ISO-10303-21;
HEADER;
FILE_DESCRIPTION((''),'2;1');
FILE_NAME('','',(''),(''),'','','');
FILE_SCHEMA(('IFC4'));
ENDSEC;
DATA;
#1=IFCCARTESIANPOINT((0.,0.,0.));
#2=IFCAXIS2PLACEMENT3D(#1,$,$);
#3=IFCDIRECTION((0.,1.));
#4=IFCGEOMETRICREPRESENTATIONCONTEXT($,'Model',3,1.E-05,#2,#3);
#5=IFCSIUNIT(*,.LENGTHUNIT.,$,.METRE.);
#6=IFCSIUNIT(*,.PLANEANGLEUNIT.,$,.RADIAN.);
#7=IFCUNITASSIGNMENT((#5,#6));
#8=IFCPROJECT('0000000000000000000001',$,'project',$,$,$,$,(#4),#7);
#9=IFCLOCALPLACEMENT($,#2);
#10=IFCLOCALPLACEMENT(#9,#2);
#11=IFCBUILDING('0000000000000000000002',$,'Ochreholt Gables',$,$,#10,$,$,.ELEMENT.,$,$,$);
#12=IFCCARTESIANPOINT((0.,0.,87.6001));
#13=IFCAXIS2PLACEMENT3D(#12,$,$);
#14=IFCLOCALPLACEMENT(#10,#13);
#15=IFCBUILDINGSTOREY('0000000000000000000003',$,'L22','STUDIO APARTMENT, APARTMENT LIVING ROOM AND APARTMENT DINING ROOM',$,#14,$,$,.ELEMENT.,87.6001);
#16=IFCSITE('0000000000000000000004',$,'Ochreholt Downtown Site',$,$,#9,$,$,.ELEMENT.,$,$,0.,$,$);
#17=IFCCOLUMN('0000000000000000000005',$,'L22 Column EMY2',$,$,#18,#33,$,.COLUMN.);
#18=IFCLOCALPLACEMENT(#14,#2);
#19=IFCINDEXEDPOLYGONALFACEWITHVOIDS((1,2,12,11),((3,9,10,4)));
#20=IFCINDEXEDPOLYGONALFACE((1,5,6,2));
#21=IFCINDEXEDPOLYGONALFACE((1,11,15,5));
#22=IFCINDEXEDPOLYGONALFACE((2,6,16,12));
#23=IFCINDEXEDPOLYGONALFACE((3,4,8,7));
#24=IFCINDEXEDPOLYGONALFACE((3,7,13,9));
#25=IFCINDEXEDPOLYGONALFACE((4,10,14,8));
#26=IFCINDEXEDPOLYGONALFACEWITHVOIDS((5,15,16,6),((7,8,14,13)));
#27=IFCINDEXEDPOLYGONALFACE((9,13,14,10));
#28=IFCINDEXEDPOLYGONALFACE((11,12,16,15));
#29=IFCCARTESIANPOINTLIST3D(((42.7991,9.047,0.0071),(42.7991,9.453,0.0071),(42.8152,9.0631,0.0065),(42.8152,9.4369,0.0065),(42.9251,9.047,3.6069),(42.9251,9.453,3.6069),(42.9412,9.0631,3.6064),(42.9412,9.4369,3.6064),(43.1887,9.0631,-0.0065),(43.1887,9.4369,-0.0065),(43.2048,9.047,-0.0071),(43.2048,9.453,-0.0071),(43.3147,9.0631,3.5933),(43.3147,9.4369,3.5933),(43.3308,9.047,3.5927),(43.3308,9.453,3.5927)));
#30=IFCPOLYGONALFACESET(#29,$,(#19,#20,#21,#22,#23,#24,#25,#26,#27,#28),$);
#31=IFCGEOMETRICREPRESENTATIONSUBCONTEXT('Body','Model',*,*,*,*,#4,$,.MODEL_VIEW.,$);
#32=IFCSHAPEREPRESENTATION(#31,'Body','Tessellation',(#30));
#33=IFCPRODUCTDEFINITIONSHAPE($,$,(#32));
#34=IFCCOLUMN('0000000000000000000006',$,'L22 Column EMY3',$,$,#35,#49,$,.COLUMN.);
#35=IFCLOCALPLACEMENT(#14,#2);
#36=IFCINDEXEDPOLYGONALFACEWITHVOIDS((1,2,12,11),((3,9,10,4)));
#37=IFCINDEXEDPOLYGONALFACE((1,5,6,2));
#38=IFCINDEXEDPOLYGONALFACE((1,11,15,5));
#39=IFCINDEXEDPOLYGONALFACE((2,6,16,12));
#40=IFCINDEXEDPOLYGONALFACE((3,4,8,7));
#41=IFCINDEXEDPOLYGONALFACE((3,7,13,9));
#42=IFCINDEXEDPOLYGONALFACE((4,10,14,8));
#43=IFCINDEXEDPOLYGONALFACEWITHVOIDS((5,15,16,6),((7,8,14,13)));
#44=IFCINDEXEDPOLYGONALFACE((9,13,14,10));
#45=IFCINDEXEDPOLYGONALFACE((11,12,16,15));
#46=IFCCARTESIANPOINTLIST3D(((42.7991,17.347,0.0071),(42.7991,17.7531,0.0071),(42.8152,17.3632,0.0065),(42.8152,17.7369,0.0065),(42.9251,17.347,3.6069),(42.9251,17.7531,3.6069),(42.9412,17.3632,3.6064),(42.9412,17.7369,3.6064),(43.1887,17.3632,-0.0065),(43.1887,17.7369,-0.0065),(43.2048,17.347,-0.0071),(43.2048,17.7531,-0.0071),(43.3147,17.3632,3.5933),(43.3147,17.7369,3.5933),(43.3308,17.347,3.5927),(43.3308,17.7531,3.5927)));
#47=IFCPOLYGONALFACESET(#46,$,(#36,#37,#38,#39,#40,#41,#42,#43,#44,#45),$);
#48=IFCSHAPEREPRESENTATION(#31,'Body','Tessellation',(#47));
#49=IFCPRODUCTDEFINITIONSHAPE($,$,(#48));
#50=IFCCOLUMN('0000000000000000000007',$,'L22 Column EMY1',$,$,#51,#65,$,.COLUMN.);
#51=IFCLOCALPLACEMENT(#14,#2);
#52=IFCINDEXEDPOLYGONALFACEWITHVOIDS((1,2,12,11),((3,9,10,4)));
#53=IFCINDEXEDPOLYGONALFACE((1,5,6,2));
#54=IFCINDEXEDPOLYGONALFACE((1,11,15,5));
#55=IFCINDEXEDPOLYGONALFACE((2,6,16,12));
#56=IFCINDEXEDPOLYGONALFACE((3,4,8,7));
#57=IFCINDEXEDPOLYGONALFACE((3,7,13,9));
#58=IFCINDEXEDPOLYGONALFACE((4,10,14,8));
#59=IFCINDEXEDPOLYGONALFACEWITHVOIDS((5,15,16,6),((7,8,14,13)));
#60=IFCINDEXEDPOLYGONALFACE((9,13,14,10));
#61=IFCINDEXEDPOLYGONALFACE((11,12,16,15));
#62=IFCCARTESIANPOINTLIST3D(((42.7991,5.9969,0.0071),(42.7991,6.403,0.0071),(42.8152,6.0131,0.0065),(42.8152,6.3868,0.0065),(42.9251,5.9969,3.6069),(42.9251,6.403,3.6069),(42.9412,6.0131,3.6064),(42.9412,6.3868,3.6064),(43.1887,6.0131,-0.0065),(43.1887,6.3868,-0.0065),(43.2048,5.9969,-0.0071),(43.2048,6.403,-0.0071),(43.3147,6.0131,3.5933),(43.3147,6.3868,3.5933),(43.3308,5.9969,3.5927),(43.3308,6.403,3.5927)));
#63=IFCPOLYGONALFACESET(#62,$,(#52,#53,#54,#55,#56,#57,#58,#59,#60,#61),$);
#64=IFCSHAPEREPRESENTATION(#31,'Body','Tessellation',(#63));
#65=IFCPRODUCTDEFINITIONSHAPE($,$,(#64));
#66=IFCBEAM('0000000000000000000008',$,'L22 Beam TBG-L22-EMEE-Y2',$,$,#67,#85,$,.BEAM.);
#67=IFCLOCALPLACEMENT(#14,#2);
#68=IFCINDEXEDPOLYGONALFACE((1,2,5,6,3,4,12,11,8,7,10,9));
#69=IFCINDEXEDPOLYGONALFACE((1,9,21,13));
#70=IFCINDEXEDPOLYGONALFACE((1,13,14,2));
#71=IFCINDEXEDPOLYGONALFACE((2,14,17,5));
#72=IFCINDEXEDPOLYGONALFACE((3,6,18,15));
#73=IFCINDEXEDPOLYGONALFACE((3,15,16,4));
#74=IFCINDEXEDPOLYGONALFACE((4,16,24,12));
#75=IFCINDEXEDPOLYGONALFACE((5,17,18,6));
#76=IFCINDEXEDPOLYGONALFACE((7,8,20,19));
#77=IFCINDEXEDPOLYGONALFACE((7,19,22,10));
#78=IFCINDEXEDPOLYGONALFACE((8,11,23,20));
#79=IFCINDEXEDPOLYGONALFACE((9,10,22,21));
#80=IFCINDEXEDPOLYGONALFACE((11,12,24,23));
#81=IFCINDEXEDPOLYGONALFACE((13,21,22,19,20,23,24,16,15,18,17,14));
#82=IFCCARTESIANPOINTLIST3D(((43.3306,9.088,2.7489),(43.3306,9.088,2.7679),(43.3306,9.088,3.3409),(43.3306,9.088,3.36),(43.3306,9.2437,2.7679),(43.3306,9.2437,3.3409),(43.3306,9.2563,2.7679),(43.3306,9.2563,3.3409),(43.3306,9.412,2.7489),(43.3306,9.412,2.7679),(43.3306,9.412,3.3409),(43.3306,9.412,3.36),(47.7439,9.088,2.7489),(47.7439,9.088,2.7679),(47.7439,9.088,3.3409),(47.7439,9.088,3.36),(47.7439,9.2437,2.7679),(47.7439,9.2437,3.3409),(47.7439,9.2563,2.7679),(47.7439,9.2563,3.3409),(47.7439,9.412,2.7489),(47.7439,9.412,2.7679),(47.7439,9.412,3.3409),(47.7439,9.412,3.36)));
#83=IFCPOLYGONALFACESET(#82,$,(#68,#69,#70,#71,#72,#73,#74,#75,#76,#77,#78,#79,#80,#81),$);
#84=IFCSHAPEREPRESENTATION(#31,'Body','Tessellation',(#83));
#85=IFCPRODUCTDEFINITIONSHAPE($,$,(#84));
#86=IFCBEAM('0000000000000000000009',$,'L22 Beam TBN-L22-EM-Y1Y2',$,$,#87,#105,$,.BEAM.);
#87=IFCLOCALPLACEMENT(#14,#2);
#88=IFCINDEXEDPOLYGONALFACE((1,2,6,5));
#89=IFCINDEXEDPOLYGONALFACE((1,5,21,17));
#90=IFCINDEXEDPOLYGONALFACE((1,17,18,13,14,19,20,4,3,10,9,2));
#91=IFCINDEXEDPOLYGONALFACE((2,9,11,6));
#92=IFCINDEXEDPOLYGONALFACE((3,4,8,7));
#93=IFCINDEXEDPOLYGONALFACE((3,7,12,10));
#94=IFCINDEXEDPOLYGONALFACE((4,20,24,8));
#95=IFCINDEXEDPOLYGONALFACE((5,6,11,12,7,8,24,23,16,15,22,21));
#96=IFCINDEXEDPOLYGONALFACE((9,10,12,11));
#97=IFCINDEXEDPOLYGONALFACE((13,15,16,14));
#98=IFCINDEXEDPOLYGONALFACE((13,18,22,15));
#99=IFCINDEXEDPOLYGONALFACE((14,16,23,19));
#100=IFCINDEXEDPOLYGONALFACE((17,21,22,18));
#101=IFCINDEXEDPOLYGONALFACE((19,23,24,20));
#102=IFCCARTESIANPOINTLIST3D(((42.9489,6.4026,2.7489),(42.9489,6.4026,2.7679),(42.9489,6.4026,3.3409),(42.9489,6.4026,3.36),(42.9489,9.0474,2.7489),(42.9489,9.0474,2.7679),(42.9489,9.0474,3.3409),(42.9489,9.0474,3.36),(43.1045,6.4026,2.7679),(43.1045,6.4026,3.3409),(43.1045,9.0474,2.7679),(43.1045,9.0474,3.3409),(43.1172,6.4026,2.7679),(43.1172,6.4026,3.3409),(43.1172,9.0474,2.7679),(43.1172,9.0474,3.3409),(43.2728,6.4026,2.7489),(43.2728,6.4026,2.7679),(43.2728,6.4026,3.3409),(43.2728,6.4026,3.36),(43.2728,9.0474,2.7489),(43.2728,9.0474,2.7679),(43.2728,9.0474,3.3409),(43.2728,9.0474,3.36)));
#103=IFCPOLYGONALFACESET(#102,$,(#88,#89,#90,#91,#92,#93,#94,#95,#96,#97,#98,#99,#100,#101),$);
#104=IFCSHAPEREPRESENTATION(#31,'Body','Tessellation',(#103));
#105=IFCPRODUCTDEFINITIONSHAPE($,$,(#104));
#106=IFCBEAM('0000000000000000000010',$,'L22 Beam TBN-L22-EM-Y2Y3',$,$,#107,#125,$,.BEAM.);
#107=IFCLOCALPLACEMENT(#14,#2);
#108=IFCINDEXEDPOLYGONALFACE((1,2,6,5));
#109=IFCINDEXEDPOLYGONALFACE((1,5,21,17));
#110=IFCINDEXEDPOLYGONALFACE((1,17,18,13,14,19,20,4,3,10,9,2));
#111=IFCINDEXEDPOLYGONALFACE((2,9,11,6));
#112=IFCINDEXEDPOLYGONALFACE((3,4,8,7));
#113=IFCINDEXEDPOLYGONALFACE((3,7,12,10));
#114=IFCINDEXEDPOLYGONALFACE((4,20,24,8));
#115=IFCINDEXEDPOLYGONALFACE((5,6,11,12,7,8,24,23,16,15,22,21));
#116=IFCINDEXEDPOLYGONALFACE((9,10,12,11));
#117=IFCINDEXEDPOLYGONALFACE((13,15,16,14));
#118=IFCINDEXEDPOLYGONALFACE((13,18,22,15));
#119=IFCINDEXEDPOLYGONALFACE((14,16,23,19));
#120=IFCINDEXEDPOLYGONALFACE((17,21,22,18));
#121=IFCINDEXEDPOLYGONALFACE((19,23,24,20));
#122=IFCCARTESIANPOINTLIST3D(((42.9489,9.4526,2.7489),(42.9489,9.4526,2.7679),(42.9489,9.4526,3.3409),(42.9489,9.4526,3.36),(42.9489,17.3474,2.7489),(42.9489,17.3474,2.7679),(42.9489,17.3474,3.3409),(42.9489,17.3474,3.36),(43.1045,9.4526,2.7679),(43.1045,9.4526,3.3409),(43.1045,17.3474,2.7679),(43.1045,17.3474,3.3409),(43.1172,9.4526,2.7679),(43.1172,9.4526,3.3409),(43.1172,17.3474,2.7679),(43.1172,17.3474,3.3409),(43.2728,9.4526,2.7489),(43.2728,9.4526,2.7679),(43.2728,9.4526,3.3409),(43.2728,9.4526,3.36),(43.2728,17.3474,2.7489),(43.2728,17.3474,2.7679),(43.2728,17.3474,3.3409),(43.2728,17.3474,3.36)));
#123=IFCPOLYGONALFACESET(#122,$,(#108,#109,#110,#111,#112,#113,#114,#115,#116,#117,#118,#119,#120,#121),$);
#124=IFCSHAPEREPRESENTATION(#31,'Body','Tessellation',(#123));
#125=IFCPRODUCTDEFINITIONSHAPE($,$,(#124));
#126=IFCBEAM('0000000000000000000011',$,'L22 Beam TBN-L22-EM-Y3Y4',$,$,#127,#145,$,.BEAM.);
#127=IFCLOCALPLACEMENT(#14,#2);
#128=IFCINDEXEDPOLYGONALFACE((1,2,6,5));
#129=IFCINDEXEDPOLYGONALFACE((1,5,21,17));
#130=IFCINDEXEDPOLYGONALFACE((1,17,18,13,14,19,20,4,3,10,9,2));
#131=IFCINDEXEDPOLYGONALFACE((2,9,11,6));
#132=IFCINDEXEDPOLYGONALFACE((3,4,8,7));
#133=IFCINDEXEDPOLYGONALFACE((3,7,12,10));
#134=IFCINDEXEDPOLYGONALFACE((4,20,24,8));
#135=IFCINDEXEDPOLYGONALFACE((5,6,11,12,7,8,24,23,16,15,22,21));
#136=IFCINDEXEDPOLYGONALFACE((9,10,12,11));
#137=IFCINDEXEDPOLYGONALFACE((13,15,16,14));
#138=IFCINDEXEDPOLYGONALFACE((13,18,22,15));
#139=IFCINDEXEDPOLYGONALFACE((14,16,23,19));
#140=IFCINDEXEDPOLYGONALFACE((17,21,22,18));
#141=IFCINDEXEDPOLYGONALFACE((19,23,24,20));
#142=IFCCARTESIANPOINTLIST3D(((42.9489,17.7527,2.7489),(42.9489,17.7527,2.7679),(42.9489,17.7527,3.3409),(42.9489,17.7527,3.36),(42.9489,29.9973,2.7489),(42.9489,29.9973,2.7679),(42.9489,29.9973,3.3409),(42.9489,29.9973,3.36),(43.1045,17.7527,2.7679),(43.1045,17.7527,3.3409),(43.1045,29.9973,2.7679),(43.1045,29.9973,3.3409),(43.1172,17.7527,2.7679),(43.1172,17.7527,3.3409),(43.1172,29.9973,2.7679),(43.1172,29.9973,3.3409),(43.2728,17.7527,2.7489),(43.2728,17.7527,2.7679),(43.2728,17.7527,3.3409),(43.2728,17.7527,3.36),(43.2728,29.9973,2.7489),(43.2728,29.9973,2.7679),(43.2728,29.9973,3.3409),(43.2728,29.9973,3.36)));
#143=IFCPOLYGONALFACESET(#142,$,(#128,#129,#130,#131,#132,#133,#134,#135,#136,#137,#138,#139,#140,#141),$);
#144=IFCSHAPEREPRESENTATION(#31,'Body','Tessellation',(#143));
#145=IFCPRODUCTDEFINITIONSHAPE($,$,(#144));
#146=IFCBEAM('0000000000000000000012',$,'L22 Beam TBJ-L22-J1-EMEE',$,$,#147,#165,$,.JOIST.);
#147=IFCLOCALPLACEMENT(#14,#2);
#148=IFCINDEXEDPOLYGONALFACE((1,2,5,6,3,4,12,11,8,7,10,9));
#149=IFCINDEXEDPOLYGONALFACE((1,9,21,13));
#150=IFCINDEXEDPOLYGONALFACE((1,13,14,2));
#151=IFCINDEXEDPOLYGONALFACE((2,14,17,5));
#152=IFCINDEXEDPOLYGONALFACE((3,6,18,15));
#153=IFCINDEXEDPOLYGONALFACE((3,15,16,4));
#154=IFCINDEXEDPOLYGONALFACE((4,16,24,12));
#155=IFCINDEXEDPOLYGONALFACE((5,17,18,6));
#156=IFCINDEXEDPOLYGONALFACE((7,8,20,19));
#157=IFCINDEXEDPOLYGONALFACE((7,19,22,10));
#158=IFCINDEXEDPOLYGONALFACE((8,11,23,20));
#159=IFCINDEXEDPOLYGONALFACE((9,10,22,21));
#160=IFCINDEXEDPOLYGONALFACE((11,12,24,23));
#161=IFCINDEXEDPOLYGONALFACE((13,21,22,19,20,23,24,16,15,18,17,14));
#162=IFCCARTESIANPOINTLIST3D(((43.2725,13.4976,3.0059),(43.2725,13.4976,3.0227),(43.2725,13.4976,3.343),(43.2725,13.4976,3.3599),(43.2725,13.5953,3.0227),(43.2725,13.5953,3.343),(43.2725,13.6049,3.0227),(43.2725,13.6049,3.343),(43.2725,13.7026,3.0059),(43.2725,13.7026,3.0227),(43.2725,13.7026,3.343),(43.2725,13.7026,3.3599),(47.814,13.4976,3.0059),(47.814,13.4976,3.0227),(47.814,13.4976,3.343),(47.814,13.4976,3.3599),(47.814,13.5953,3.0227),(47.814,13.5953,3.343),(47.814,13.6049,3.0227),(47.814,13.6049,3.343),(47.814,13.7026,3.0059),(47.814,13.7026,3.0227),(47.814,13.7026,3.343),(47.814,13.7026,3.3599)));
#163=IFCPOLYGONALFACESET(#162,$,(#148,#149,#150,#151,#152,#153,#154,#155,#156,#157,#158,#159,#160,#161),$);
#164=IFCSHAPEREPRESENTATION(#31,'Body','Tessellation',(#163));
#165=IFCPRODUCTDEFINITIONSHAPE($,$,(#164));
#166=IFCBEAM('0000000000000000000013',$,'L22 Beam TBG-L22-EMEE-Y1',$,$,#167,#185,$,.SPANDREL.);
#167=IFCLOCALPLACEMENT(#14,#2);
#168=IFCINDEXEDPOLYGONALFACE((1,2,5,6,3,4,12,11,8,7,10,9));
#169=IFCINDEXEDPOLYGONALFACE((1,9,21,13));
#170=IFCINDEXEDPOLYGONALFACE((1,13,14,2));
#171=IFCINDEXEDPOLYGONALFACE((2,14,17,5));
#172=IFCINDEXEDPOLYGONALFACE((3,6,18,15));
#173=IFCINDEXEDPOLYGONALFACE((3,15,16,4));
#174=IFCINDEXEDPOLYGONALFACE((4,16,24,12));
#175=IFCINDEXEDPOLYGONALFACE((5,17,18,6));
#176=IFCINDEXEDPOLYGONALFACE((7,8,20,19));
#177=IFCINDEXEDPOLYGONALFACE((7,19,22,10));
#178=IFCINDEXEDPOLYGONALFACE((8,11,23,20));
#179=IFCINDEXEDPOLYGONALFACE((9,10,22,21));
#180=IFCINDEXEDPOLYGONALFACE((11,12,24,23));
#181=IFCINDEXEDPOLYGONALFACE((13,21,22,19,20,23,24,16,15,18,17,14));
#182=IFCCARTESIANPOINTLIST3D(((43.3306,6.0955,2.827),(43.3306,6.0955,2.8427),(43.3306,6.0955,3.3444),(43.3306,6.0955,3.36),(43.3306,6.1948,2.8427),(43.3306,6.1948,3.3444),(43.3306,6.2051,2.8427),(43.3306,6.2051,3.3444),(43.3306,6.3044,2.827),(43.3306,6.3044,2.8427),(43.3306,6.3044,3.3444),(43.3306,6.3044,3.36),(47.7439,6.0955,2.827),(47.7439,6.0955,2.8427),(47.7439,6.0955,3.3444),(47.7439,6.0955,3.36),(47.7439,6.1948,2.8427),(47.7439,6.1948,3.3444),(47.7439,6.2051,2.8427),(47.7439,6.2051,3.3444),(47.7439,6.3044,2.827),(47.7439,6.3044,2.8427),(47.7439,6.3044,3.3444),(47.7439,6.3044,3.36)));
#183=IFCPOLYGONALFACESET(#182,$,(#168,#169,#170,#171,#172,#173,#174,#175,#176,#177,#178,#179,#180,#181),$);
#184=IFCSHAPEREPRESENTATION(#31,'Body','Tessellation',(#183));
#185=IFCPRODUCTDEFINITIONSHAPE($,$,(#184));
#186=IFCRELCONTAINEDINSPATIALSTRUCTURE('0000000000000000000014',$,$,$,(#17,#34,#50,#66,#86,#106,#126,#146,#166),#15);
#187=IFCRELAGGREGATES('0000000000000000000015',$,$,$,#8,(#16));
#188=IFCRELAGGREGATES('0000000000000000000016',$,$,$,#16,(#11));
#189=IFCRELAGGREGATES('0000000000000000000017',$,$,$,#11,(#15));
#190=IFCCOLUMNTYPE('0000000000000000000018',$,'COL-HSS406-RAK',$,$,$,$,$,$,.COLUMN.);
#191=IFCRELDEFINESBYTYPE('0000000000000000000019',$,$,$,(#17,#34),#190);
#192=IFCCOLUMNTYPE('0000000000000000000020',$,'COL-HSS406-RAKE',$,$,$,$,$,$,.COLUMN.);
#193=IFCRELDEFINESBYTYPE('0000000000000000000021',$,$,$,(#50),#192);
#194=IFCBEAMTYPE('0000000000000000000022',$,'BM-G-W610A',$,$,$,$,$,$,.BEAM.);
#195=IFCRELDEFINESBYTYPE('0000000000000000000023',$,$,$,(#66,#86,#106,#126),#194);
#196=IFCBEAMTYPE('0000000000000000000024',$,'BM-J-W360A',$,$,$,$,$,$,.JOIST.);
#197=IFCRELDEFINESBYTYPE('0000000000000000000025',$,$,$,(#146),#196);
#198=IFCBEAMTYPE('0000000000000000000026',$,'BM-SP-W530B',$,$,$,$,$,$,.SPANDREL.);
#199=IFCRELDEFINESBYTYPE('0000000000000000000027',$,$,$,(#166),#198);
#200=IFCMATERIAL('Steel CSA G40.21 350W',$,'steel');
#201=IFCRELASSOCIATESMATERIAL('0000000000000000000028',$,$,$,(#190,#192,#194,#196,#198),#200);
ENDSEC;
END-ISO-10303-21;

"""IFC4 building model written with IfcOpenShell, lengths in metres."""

from ifc_helpers import new_model, si_unit, direction, frame, origin, origin_2d, place, context, subcontext, project, spatial, hollow_rectangle, i_section, extrude, material, material_profile, profile_set, type_object, element, save


model = new_model("IFC4")

# Units and contexts
model_context = context("Model", 3, precision=1e-05, world=origin(), true_north=direction((0.0, 1.0)))
body_context = subcontext(model_context, "Body", "Model", "MODEL_VIEW")
ifc_project = project(units=[si_unit("LENGTHUNIT", "METRE"), si_unit("PLANEANGLEUNIT", "RADIAN")], contexts=[model_context])

# Site, building, storey
site_placement = place(None, origin())
site = spatial("IfcSite", under=ifc_project, at=site_placement, Name="Ochreholt Downtown Site", CompositionType="ELEMENT", RefElevation=0.0)
building_placement = place(site_placement, origin())
building = spatial("IfcBuilding", under=site, at=building_placement, Name="Ochreholt Gables", CompositionType="ELEMENT")
storey_placement = place(building_placement, frame((0.0, 0.0, 87.6001)))
storey = spatial("IfcBuildingStorey", under=building, at=storey_placement, Name="L22", Description="STUDIO APARTMENT, APARTMENT LIVING ROOM AND APARTMENT DINING ROOM", CompositionType="ELEMENT", Elevation=87.6001)

# Columns
ifc_material_1 = material(Name="Steel CSA G40.21 350W", Category="steel")
ifc_material_profile_1 = material_profile(ifc_material_1, hollow_rectangle(XDim=0.406, YDim=0.406, WallThickness=0.0161, at=origin_2d()), Name="HSS406X406X16")
ifc_profile_set_1 = profile_set([ifc_material_profile_1], Name="Steel CSA G40.21 350W")
column_type_1 = type_object("IfcColumnType", Name="COL-HSS406-RAK", PredefinedType="COLUMN", material=ifc_profile_set_1)
for number, where, z_axis, x_axis, name in (
    (1, (43.002, 9.25, 0.0), (0.034974, 0.0, 0.999388), (0.0, 1.0, 0.0), "L22 Column EMY2"),
    (2, (43.002, 17.55, 0.0), (0.034974, 0.0, 0.999388), (0.0, 1.0, 0.0), "L22 Column EMY3"),
):
    element("IfcColumn", number, at=place(storey_placement, frame(where, z_axis=z_axis, x_axis=x_axis)), inside=storey, type_object=column_type_1, Name=name, PredefinedType="COLUMN", context=body_context, shape_type="SweptSolid", body=[
        extrude(hollow_rectangle(XDim=0.406, YDim=0.406, WallThickness=0.0161, at=origin_2d()), origin(), (0.0, 0.0, 1.0), 3.6021),
    ])
ifc_material_profile_2 = material_profile(ifc_material_1, hollow_rectangle(XDim=0.406, YDim=0.406, WallThickness=0.0161, at=origin_2d()), Name="HSS406X406X16")
ifc_profile_set_2 = profile_set([ifc_material_profile_2], Name="Steel CSA G40.21 350W")
column_type_2 = type_object("IfcColumnType", Name="COL-HSS406-RAKE", PredefinedType="COLUMN", material=ifc_profile_set_2)
column_placement = place(storey_placement, frame((43.002, 6.2, 0.0), z_axis=(0.034974, 0.0, 0.999388), x_axis=(0.0, 1.0, 0.0)))
element("IfcColumn", 3, at=column_placement, inside=storey, type_object=column_type_2, Name="L22 Column EMY1", PredefinedType="COLUMN", context=body_context, shape_type="SweptSolid", body=[
    extrude(hollow_rectangle(XDim=0.406, YDim=0.406, WallThickness=0.0161, at=origin_2d()), origin(), (0.0, 0.0, 1.0), 3.6021),
])

# Beams
ifc_material_profile_3 = material_profile(ifc_material_1, i_section(OverallWidth=0.324, OverallDepth=0.6111, WebThickness=0.0127, FlangeThickness=0.019, at=origin_2d()), Name="W610X155")
ifc_profile_set_3 = profile_set([ifc_material_profile_3], Name="Steel CSA G40.21 350W")
beam_type_1 = type_object("IfcBeamType", Name="BM-G-W610A", PredefinedType="BEAM", material=ifc_profile_set_3)
beam_1_placement = place(storey_placement, frame((43.3306, 9.25, 3.0544), z_axis=(1.0, 0.0, 0.0), x_axis=(0.0, 1.0, 0.0)))
element("IfcBeam", 4, at=beam_1_placement, inside=storey, type_object=beam_type_1, Name="L22 Beam TBG-L22-EMEE-Y2", PredefinedType="BEAM", context=body_context, shape_type="SweptSolid", body=[
    extrude(i_section(OverallWidth=0.324, OverallDepth=0.6111, WebThickness=0.0127, FlangeThickness=0.019, at=origin_2d()), origin(), (0.0, 0.0, 1.0), 4.4133),
])
beam_2_placement = place(storey_placement, frame((43.1108, 6.4026, 3.0544), z_axis=(0.0, 1.0, 0.0), x_axis=(-1.0, 0.0, 0.0)))
element("IfcBeam", 5, at=beam_2_placement, inside=storey, type_object=beam_type_1, Name="L22 Beam TBN-L22-EM-Y1Y2", PredefinedType="BEAM", context=body_context, shape_type="SweptSolid", body=[
    extrude(i_section(OverallWidth=0.324, OverallDepth=0.6111, WebThickness=0.0127, FlangeThickness=0.019, at=origin_2d()), origin(), (0.0, 0.0, 1.0), 2.6448),
])
beam_3_placement = place(storey_placement, frame((43.1108, 9.4526, 3.0544), z_axis=(0.0, 1.0, 0.0), x_axis=(-1.0, 0.0, 0.0)))
element("IfcBeam", 6, at=beam_3_placement, inside=storey, type_object=beam_type_1, Name="L22 Beam TBN-L22-EM-Y2Y3", PredefinedType="BEAM", context=body_context, shape_type="SweptSolid", body=[
    extrude(i_section(OverallWidth=0.324, OverallDepth=0.6111, WebThickness=0.0127, FlangeThickness=0.019, at=origin_2d()), origin(), (0.0, 0.0, 1.0), 7.8948),
])
beam_4_placement = place(storey_placement, frame((43.1108, 17.7527, 3.0544), z_axis=(0.0, 1.0, 0.0), x_axis=(-1.0, 0.0, 0.0)))
element("IfcBeam", 7, at=beam_4_placement, inside=storey, type_object=beam_type_1, Name="L22 Beam TBN-L22-EM-Y3Y4", PredefinedType="BEAM", context=body_context, shape_type="SweptSolid", body=[
    extrude(i_section(OverallWidth=0.324, OverallDepth=0.6111, WebThickness=0.0127, FlangeThickness=0.019, at=origin_2d()), origin(), (0.0, 0.0, 1.0), 12.2446),
])
ifc_material_profile_4 = material_profile(ifc_material_1, i_section(OverallWidth=0.2051, OverallDepth=0.354, WebThickness=0.0095, FlangeThickness=0.0168, at=origin_2d()), Name="W360X79")
ifc_profile_set_4 = profile_set([ifc_material_profile_4], Name="Steel CSA G40.21 350W")
beam_type_2 = type_object("IfcBeamType", Name="BM-J-W360A", PredefinedType="JOIST", material=ifc_profile_set_4)
beam_5_placement = place(storey_placement, frame((43.2725, 13.6001, 3.1829), z_axis=(1.0, 0.0, 0.0), x_axis=(0.0, 1.0, 0.0)))
element("IfcBeam", 8, at=beam_5_placement, inside=storey, type_object=beam_type_2, Name="L22 Beam TBJ-L22-J1-EMEE", PredefinedType="JOIST", context=body_context, shape_type="SweptSolid", body=[
    extrude(i_section(OverallWidth=0.2051, OverallDepth=0.354, WebThickness=0.0095, FlangeThickness=0.0168, at=origin_2d()), origin(), (0.0, 0.0, 1.0), 4.5415),
])
ifc_material_profile_5 = material_profile(ifc_material_1, i_section(OverallWidth=0.209, OverallDepth=0.533, WebThickness=0.0103, FlangeThickness=0.0156, at=origin_2d()), Name="W530X92")
ifc_profile_set_5 = profile_set([ifc_material_profile_5], Name="Steel CSA G40.21 350W")
beam_type_3 = type_object("IfcBeamType", Name="BM-SP-W530B", PredefinedType="SPANDREL", material=ifc_profile_set_5)
beam_6_placement = place(storey_placement, frame((43.3306, 6.2, 3.0935), z_axis=(1.0, 0.0, 0.0), x_axis=(0.0, 1.0, 0.0)))
element("IfcBeam", 9, at=beam_6_placement, inside=storey, type_object=beam_type_3, Name="L22 Beam TBG-L22-EMEE-Y1", PredefinedType="SPANDREL", context=body_context, shape_type="SweptSolid", body=[
    extrude(i_section(OverallWidth=0.209, OverallDepth=0.533, WebThickness=0.0103, FlangeThickness=0.0156, at=origin_2d()), origin(), (0.0, 0.0, 1.0), 4.4133),
])

save(model, "model.ifc")
